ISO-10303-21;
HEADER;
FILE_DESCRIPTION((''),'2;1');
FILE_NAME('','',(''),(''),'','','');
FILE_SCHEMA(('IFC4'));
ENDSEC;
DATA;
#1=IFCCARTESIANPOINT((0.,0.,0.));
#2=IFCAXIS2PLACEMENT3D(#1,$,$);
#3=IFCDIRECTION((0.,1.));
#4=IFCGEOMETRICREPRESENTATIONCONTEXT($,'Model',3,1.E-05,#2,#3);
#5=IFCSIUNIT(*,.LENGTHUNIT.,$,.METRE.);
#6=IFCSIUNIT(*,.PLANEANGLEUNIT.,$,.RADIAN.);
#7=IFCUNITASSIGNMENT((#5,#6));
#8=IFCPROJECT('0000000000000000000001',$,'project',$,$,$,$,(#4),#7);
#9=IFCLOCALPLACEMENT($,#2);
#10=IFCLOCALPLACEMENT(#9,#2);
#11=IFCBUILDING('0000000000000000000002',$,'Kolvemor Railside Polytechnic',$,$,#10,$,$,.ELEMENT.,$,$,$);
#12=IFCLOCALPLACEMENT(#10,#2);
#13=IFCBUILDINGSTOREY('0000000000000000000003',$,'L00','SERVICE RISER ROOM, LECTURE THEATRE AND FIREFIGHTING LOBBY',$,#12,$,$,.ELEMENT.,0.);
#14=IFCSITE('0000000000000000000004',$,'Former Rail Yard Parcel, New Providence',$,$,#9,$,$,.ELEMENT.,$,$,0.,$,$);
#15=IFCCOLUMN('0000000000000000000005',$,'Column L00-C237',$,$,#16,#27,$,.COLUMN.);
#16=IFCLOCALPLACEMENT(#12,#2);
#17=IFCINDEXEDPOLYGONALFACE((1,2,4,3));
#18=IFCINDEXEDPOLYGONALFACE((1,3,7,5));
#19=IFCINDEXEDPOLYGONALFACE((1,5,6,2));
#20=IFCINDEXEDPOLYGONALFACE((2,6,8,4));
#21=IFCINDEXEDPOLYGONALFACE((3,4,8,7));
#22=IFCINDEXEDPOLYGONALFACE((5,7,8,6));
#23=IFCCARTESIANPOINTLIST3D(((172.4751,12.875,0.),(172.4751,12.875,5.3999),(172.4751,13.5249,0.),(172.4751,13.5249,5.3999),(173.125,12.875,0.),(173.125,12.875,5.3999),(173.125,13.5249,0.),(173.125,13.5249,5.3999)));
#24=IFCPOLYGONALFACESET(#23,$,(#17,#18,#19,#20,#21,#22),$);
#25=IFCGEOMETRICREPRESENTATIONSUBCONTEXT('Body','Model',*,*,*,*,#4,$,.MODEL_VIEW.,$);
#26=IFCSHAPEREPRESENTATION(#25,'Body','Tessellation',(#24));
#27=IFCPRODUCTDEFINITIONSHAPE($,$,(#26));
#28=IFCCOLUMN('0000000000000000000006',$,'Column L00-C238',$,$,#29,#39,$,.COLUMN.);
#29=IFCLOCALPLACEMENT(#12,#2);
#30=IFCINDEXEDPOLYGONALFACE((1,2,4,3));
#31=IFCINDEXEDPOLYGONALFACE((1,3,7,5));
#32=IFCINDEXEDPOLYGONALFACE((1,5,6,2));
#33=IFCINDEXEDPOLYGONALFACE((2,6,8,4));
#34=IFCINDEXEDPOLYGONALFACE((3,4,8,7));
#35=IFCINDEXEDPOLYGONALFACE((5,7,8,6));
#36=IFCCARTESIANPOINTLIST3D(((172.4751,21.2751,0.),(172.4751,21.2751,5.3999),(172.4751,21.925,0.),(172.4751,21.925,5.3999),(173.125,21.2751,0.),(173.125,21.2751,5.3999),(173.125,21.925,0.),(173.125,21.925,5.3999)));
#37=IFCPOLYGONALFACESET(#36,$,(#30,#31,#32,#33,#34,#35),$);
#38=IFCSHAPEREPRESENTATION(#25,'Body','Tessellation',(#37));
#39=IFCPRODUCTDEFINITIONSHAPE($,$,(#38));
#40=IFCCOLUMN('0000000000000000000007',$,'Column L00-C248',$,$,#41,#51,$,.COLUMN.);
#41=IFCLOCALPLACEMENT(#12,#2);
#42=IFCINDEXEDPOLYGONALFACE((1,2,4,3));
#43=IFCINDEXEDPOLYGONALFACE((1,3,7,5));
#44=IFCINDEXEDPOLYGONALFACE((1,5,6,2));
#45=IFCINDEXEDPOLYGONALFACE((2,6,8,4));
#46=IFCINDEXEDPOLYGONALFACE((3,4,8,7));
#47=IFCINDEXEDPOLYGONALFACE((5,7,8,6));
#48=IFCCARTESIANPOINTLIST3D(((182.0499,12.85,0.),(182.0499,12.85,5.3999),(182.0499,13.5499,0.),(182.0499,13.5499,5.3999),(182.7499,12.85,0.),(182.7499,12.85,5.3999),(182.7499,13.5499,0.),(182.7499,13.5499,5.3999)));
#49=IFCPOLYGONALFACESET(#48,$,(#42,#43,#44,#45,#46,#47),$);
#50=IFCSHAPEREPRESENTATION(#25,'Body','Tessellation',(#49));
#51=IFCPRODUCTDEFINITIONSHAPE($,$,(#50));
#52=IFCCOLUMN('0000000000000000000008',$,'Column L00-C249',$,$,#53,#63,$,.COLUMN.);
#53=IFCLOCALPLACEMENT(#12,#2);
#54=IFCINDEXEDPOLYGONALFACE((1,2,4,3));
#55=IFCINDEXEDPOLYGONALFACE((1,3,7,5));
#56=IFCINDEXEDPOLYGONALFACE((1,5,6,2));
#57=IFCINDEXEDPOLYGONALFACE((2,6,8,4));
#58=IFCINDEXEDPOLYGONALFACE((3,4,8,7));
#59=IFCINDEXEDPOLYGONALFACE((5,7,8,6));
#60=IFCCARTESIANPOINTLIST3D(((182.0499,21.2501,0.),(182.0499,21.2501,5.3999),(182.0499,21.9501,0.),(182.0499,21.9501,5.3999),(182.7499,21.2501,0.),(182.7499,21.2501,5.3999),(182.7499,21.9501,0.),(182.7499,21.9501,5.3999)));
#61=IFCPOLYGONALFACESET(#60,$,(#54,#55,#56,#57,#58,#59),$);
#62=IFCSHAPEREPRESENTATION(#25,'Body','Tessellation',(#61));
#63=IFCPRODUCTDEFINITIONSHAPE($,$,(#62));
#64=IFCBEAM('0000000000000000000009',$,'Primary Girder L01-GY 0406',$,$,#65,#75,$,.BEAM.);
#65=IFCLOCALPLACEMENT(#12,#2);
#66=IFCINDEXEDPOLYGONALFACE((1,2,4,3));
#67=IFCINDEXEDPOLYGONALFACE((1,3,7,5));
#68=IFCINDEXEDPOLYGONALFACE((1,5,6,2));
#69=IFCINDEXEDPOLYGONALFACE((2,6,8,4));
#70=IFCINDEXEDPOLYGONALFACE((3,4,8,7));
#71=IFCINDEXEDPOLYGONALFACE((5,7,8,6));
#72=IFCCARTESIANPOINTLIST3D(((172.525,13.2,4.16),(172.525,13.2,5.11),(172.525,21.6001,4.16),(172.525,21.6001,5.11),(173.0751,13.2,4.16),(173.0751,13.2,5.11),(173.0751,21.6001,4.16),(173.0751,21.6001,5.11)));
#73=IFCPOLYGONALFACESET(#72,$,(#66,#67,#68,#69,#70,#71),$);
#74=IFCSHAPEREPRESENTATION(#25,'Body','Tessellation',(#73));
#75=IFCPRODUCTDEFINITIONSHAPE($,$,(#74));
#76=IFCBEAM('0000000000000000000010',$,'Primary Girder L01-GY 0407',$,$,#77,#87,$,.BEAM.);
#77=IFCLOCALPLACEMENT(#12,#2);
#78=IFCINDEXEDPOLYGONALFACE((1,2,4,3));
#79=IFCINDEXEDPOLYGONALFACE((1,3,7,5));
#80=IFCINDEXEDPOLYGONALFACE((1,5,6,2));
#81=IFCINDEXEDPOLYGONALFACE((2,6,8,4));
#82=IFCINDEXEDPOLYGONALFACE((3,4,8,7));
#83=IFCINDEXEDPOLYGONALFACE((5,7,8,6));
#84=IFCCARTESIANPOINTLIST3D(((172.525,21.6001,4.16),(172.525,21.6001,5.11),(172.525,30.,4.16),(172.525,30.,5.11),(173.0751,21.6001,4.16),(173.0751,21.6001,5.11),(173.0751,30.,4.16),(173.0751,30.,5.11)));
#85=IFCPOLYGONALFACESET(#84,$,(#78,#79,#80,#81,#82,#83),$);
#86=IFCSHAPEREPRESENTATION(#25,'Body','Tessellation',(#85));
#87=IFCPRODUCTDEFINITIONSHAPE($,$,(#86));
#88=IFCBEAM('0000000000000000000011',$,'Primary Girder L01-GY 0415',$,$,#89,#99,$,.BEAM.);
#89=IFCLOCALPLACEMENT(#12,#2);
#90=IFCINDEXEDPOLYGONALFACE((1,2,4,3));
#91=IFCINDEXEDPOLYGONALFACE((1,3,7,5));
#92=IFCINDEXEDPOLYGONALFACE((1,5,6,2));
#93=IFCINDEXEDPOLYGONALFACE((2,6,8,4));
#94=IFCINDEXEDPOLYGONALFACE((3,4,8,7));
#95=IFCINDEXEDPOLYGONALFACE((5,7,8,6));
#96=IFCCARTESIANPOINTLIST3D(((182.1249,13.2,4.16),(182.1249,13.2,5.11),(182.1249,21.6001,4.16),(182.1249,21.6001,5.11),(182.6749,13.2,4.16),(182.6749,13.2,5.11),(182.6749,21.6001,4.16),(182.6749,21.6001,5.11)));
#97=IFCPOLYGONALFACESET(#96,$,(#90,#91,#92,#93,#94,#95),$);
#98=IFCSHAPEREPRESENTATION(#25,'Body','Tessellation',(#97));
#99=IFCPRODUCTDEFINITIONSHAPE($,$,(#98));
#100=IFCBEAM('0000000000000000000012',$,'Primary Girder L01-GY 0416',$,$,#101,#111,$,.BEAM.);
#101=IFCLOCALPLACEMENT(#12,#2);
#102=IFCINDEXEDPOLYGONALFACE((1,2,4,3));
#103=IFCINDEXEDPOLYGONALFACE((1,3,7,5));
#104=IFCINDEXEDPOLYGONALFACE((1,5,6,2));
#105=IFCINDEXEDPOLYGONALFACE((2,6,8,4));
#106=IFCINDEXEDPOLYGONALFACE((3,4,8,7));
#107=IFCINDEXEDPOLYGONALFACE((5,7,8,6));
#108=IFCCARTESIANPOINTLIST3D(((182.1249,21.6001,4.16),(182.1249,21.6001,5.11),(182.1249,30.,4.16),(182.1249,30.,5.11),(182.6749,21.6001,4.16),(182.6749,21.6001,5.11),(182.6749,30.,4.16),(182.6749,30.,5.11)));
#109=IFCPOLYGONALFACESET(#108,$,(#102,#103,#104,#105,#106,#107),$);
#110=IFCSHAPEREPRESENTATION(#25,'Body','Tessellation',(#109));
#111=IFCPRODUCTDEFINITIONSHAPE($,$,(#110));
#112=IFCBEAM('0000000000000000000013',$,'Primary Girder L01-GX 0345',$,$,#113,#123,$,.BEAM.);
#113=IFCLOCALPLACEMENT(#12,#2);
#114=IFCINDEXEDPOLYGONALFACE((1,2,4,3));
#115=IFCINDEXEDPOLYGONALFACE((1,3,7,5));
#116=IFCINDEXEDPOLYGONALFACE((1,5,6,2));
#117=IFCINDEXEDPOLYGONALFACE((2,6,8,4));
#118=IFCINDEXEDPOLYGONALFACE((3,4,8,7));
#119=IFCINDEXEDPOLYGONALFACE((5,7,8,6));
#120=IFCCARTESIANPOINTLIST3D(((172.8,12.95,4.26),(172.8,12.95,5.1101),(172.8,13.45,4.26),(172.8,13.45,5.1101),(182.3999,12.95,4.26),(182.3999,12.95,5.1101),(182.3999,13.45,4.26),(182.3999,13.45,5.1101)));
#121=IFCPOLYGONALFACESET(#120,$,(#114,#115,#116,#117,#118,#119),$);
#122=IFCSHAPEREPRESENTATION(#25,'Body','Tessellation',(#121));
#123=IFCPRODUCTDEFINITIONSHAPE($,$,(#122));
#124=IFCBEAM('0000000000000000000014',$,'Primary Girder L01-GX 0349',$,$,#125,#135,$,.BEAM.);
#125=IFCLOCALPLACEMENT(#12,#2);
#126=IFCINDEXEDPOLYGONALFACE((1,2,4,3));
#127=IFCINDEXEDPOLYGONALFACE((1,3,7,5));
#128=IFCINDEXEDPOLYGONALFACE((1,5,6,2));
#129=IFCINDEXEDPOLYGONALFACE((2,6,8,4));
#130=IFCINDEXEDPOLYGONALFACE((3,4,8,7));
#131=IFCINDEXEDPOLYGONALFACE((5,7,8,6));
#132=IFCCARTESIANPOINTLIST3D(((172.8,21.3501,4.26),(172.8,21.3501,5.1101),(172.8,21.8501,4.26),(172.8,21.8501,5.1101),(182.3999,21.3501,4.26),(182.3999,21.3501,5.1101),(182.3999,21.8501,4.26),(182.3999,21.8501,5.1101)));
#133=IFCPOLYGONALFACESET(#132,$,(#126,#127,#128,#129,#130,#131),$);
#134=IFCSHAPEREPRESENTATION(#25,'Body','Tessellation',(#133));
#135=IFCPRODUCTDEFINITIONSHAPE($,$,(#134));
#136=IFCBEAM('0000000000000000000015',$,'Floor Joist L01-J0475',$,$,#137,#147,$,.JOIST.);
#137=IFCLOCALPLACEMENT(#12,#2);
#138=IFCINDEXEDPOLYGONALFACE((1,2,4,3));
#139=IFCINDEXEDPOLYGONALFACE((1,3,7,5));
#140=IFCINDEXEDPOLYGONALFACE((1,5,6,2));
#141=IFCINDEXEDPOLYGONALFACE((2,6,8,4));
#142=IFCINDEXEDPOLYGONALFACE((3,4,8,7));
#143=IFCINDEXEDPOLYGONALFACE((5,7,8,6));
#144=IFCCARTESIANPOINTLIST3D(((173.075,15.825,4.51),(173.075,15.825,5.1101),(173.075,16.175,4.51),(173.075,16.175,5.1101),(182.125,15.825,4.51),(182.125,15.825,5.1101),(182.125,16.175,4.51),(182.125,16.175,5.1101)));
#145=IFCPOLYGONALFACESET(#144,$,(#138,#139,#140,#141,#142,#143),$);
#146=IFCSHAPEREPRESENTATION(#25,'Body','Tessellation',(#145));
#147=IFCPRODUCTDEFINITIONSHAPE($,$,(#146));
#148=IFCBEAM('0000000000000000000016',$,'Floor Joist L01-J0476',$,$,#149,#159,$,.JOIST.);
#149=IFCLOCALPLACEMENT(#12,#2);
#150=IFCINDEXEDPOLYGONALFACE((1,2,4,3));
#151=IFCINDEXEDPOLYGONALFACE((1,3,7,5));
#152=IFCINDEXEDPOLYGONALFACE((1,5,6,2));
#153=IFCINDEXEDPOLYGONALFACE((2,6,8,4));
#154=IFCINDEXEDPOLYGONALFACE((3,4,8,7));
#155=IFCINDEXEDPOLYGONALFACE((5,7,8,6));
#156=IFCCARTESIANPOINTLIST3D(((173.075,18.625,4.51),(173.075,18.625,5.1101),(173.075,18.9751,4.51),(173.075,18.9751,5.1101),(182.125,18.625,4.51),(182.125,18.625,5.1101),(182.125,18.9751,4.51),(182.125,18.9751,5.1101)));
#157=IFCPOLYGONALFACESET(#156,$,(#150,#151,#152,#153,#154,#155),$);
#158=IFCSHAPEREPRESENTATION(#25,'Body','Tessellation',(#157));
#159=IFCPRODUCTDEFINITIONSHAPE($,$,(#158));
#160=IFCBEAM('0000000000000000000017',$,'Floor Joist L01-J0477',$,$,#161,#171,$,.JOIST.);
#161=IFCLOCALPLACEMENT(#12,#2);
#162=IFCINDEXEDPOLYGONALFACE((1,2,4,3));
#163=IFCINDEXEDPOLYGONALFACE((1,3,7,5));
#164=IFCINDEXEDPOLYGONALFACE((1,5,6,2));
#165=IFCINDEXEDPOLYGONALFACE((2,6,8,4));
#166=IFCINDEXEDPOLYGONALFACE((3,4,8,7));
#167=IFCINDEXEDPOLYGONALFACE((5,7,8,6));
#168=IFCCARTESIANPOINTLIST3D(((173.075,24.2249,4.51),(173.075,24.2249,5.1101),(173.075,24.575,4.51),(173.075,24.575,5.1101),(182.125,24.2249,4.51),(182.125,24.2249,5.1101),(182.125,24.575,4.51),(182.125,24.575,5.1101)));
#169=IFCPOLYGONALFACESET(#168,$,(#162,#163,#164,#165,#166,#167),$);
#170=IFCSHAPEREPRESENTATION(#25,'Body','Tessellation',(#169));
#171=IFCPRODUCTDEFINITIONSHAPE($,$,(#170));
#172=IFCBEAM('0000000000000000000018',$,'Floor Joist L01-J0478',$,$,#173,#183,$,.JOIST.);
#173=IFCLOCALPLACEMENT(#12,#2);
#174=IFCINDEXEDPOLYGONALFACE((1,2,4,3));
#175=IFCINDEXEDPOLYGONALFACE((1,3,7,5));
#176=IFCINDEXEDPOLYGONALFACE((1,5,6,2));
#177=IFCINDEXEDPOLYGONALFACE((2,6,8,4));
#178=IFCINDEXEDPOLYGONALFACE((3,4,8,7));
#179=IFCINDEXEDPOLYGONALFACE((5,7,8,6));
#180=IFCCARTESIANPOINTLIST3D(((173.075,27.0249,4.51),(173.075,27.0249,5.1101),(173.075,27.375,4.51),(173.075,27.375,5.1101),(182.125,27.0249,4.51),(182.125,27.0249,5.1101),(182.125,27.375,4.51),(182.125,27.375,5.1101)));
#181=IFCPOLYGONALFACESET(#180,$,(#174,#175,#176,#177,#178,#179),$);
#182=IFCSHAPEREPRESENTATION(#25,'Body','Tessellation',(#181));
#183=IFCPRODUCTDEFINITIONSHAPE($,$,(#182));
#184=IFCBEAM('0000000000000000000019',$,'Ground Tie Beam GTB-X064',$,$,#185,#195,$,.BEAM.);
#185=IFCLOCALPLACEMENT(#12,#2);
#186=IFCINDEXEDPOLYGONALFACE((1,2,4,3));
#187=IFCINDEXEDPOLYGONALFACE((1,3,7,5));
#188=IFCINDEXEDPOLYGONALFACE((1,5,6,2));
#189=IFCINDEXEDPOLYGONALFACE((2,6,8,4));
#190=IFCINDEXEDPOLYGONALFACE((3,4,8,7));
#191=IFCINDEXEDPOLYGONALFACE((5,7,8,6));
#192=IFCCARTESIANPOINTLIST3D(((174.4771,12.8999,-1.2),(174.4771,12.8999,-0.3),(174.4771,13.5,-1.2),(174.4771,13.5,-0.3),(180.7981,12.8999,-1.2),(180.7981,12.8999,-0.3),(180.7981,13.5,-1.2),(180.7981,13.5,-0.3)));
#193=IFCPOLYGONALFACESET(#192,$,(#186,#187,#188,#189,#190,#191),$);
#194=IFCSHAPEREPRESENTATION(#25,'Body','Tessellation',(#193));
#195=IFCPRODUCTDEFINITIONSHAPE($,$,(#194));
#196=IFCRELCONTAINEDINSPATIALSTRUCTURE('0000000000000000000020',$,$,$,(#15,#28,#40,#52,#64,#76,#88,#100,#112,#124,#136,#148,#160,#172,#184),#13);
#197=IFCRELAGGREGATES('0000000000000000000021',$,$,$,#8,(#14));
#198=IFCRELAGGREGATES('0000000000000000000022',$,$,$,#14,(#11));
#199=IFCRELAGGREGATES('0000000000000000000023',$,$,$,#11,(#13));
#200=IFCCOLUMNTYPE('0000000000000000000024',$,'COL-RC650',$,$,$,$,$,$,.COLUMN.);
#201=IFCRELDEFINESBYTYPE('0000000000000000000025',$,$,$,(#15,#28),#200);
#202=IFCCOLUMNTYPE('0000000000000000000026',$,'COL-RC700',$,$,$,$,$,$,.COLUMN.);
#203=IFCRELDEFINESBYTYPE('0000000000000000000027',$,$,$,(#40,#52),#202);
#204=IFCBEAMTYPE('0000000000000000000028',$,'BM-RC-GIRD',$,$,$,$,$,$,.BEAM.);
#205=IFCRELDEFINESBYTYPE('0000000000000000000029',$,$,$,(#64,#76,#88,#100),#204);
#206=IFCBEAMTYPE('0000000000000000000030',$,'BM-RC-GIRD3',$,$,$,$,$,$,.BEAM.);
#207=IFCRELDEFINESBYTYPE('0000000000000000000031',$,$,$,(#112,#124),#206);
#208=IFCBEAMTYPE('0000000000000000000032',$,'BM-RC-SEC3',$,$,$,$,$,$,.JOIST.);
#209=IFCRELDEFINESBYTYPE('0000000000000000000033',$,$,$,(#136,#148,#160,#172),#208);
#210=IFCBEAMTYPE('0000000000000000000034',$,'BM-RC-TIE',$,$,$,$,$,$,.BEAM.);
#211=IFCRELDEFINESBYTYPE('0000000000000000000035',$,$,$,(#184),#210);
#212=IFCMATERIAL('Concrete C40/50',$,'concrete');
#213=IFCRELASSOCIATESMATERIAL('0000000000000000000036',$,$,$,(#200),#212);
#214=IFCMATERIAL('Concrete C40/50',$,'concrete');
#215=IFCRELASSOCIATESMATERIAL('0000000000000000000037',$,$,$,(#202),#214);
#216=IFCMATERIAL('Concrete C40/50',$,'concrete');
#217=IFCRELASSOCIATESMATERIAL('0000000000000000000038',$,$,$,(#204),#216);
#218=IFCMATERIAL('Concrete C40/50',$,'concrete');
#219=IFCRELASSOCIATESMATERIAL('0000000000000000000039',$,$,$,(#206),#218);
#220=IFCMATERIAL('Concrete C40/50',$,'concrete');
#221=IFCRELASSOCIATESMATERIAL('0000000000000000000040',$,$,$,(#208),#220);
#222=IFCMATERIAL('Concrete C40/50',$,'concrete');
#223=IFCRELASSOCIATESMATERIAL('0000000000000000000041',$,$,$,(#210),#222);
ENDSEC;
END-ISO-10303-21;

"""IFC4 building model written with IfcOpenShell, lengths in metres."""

from ifc_helpers import new_model, si_unit, direction, frame, origin, origin_2d, place, context, subcontext, project, spatial, rectangle, extrude, material, material_profile, profile_set, type_object, element, save


model = new_model("IFC4")

# Units and contexts
model_context = context("Model", 3, precision=1e-05, world=origin(), true_north=direction((0.0, 1.0)))
body_context = subcontext(model_context, "Body", "Model", "MODEL_VIEW")
ifc_project = project(units=[si_unit("LENGTHUNIT", "METRE"), si_unit("PLANEANGLEUNIT", "RADIAN")], contexts=[model_context])

# Site, building, storey
site_placement = place(None, origin())
site = spatial("IfcSite", under=ifc_project, at=site_placement, Name="Former Rail Yard Parcel, New Providence", CompositionType="ELEMENT", RefElevation=0.0)
building_placement = place(site_placement, origin())
building = spatial("IfcBuilding", under=site, at=building_placement, Name="Kolvemor Railside Polytechnic", CompositionType="ELEMENT")
storey_placement = place(building_placement, origin())
storey = spatial("IfcBuildingStorey", under=building, at=storey_placement, Name="L00", Description="SERVICE RISER ROOM, LECTURE THEATRE AND FIREFIGHTING LOBBY", CompositionType="ELEMENT", Elevation=0.0)

# Columns
ifc_material_1 = material(Name="Concrete C40/50", Category="concrete")
ifc_material_profile_1 = material_profile(ifc_material_1, rectangle(XDim=0.6499, YDim=0.6499, at=origin_2d()), Name="RC650x650")
ifc_profile_set_1 = profile_set([ifc_material_profile_1], Name="Concrete C40/50")
column_type_1 = type_object("IfcColumnType", Name="COL-RC650", PredefinedType="COLUMN", material=ifc_profile_set_1)
for number, where, z_axis, x_axis, name in (
    (1, (172.8, 13.2, 0.0), (0.0, 0.0, 1.0), (1.0, 0.0, 0.0), "Column L00-C237"),
    (2, (172.8, 21.6001, 0.0), (0.0, 0.0, 1.0), (1.0, 0.0, 0.0), "Column L00-C238"),
):
    element("IfcColumn", number, at=place(storey_placement, frame(where, z_axis=z_axis, x_axis=x_axis)), inside=storey, type_object=column_type_1, Name=name, PredefinedType="COLUMN", context=body_context, shape_type="SweptSolid", body=[
        extrude(rectangle(XDim=0.6499, YDim=0.6499, at=origin_2d()), origin(), (0.0, 0.0, 1.0), 5.3999),
    ])
ifc_material_2 = material(Name="Concrete C40/50", Category="concrete")
ifc_material_profile_2 = material_profile(ifc_material_2, rectangle(XDim=0.7, YDim=0.7, at=origin_2d()), Name="RC700x700")
ifc_profile_set_2 = profile_set([ifc_material_profile_2], Name="Concrete C40/50")
column_type_2 = type_object("IfcColumnType", Name="COL-RC700", PredefinedType="COLUMN", material=ifc_profile_set_2)
for number, where, z_axis, x_axis, name in (
    (3, (182.3999, 13.2, 0.0), (0.0, 0.0, 1.0), (1.0, 0.0, 0.0), "Column L00-C248"),
    (4, (182.3999, 21.6001, 0.0), (0.0, 0.0, 1.0), (1.0, 0.0, 0.0), "Column L00-C249"),
):
    element("IfcColumn", number, at=place(storey_placement, frame(where, z_axis=z_axis, x_axis=x_axis)), inside=storey, type_object=column_type_2, Name=name, PredefinedType="COLUMN", context=body_context, shape_type="SweptSolid", body=[
        extrude(rectangle(XDim=0.7, YDim=0.7, at=origin_2d()), origin(), (0.0, 0.0, 1.0), 5.3999),
    ])

# Beams
ifc_material_3 = material(Name="Concrete C40/50", Category="concrete")
ifc_material_profile_3 = material_profile(ifc_material_3, rectangle(XDim=0.55, YDim=0.95, at=origin_2d()), Name="RC550x950")
ifc_profile_set_3 = profile_set([ifc_material_profile_3], Name="Concrete C40/50")
beam_type_1 = type_object("IfcBeamType", Name="BM-RC-GIRD", PredefinedType="BEAM", material=ifc_profile_set_3)
beam_1_placement = place(storey_placement, frame((172.8, 13.2, 4.635), z_axis=(0.0, 1.0, 0.0), x_axis=(-1.0, 0.0, 0.0)))
element("IfcBeam", 5, at=beam_1_placement, inside=storey, type_object=beam_type_1, Name="Primary Girder L01-GY 0406", PredefinedType="BEAM", context=body_context, shape_type="SweptSolid", body=[
    extrude(rectangle(XDim=0.55, YDim=0.95, at=origin_2d()), origin(), (0.0, 0.0, 1.0), 8.4001),
])
beam_2_placement = place(storey_placement, frame((172.8, 21.6001, 4.635), z_axis=(0.0, 1.0, 0.0), x_axis=(-1.0, 0.0, 0.0)))
element("IfcBeam", 6, at=beam_2_placement, inside=storey, type_object=beam_type_1, Name="Primary Girder L01-GY 0407", PredefinedType="BEAM", context=body_context, shape_type="SweptSolid", body=[
    extrude(rectangle(XDim=0.55, YDim=0.95, at=origin_2d()), origin(), (0.0, 0.0, 1.0), 8.3999),
])
beam_3_placement = place(storey_placement, frame((182.3999, 13.2, 4.635), z_axis=(0.0, 1.0, 0.0), x_axis=(-1.0, 0.0, 0.0)))
element("IfcBeam", 7, at=beam_3_placement, inside=storey, type_object=beam_type_1, Name="Primary Girder L01-GY 0415", PredefinedType="BEAM", context=body_context, shape_type="SweptSolid", body=[
    extrude(rectangle(XDim=0.55, YDim=0.95, at=origin_2d()), origin(), (0.0, 0.0, 1.0), 8.4001),
])
beam_4_placement = place(storey_placement, frame((182.3999, 21.6001, 4.635), z_axis=(0.0, 1.0, 0.0), x_axis=(-1.0, 0.0, 0.0)))
element("IfcBeam", 8, at=beam_4_placement, inside=storey, type_object=beam_type_1, Name="Primary Girder L01-GY 0416", PredefinedType="BEAM", context=body_context, shape_type="SweptSolid", body=[
    extrude(rectangle(XDim=0.55, YDim=0.95, at=origin_2d()), origin(), (0.0, 0.0, 1.0), 8.3999),
])
ifc_material_4 = material(Name="Concrete C40/50", Category="concrete")
ifc_material_profile_4 = material_profile(ifc_material_4, rectangle(XDim=0.5, YDim=0.8501, at=origin_2d()), Name="RC500x850")
ifc_profile_set_4 = profile_set([ifc_material_profile_4], Name="Concrete C40/50")
beam_type_2 = type_object("IfcBeamType", Name="BM-RC-GIRD3", PredefinedType="BEAM", material=ifc_profile_set_4)
for number, where, z_axis, x_axis, name in (
    (9, (172.8, 13.2, 4.6851), (1.0, 0.0, 0.0), (0.0, 1.0, 0.0), "Primary Girder L01-GX 0345"),
    (10, (172.8, 21.6001, 4.6851), (1.0, 0.0, 0.0), (0.0, 1.0, 0.0), "Primary Girder L01-GX 0349"),
):
    element("IfcBeam", number, at=place(storey_placement, frame(where, z_axis=z_axis, x_axis=x_axis)), inside=storey, type_object=beam_type_2, Name=name, PredefinedType="BEAM", context=body_context, shape_type="SweptSolid", body=[
        extrude(rectangle(XDim=0.5, YDim=0.8501, at=origin_2d()), origin(), (0.0, 0.0, 1.0), 9.5999),
    ])
ifc_material_5 = material(Name="Concrete C40/50", Category="concrete")
ifc_material_profile_5 = material_profile(ifc_material_5, rectangle(XDim=0.3501, YDim=0.6001, at=origin_2d()), Name="RC350x600")
ifc_profile_set_5 = profile_set([ifc_material_profile_5], Name="Concrete C40/50")
beam_type_3 = type_object("IfcBeamType", Name="BM-RC-SEC3", PredefinedType="JOIST", material=ifc_profile_set_5)
for number, where, z_axis, x_axis, name in (
    (11, (173.075, 16.0, 4.8101), (1.0, 0.0, 0.0), (0.0, 1.0, 0.0), "Floor Joist L01-J0475"),
    (12, (173.075, 18.8, 4.8101), (1.0, 0.0, 0.0), (0.0, 1.0, 0.0), "Floor Joist L01-J0476"),
    (13, (173.075, 24.3999, 4.8101), (1.0, 0.0, 0.0), (0.0, 1.0, 0.0), "Floor Joist L01-J0477"),
    (14, (173.075, 27.2, 4.8101), (1.0, 0.0, 0.0), (0.0, 1.0, 0.0), "Floor Joist L01-J0478"),
):
    element("IfcBeam", number, at=place(storey_placement, frame(where, z_axis=z_axis, x_axis=x_axis)), inside=storey, type_object=beam_type_3, Name=name, PredefinedType="JOIST", context=body_context, shape_type="SweptSolid", body=[
        extrude(rectangle(XDim=0.3501, YDim=0.6001, at=origin_2d()), origin(), (0.0, 0.0, 1.0), 9.05),
    ])
ifc_material_6 = material(Name="Concrete C40/50", Category="concrete")
ifc_material_profile_6 = material_profile(ifc_material_6, rectangle(XDim=0.6001, YDim=0.8999, at=origin_2d()), Name="RC600x900")
ifc_profile_set_6 = profile_set([ifc_material_profile_6], Name="Concrete C40/50")
beam_type_4 = type_object("IfcBeamType", Name="BM-RC-TIE", PredefinedType="BEAM", material=ifc_profile_set_6)
beam_5_placement = place(storey_placement, frame((174.4771, 13.2, -0.75), z_axis=(1.0, 0.0, 0.0), x_axis=(0.0, 1.0, 0.0)))
element("IfcBeam", 15, at=beam_5_placement, inside=storey, type_object=beam_type_4, Name="Ground Tie Beam GTB-X064", PredefinedType="BEAM", context=body_context, shape_type="SweptSolid", body=[
    extrude(rectangle(XDim=0.6001, YDim=0.8999, at=origin_2d()), origin(), (0.0, 0.0, 1.0), 6.321),
])

save(model, "model.ifc")
